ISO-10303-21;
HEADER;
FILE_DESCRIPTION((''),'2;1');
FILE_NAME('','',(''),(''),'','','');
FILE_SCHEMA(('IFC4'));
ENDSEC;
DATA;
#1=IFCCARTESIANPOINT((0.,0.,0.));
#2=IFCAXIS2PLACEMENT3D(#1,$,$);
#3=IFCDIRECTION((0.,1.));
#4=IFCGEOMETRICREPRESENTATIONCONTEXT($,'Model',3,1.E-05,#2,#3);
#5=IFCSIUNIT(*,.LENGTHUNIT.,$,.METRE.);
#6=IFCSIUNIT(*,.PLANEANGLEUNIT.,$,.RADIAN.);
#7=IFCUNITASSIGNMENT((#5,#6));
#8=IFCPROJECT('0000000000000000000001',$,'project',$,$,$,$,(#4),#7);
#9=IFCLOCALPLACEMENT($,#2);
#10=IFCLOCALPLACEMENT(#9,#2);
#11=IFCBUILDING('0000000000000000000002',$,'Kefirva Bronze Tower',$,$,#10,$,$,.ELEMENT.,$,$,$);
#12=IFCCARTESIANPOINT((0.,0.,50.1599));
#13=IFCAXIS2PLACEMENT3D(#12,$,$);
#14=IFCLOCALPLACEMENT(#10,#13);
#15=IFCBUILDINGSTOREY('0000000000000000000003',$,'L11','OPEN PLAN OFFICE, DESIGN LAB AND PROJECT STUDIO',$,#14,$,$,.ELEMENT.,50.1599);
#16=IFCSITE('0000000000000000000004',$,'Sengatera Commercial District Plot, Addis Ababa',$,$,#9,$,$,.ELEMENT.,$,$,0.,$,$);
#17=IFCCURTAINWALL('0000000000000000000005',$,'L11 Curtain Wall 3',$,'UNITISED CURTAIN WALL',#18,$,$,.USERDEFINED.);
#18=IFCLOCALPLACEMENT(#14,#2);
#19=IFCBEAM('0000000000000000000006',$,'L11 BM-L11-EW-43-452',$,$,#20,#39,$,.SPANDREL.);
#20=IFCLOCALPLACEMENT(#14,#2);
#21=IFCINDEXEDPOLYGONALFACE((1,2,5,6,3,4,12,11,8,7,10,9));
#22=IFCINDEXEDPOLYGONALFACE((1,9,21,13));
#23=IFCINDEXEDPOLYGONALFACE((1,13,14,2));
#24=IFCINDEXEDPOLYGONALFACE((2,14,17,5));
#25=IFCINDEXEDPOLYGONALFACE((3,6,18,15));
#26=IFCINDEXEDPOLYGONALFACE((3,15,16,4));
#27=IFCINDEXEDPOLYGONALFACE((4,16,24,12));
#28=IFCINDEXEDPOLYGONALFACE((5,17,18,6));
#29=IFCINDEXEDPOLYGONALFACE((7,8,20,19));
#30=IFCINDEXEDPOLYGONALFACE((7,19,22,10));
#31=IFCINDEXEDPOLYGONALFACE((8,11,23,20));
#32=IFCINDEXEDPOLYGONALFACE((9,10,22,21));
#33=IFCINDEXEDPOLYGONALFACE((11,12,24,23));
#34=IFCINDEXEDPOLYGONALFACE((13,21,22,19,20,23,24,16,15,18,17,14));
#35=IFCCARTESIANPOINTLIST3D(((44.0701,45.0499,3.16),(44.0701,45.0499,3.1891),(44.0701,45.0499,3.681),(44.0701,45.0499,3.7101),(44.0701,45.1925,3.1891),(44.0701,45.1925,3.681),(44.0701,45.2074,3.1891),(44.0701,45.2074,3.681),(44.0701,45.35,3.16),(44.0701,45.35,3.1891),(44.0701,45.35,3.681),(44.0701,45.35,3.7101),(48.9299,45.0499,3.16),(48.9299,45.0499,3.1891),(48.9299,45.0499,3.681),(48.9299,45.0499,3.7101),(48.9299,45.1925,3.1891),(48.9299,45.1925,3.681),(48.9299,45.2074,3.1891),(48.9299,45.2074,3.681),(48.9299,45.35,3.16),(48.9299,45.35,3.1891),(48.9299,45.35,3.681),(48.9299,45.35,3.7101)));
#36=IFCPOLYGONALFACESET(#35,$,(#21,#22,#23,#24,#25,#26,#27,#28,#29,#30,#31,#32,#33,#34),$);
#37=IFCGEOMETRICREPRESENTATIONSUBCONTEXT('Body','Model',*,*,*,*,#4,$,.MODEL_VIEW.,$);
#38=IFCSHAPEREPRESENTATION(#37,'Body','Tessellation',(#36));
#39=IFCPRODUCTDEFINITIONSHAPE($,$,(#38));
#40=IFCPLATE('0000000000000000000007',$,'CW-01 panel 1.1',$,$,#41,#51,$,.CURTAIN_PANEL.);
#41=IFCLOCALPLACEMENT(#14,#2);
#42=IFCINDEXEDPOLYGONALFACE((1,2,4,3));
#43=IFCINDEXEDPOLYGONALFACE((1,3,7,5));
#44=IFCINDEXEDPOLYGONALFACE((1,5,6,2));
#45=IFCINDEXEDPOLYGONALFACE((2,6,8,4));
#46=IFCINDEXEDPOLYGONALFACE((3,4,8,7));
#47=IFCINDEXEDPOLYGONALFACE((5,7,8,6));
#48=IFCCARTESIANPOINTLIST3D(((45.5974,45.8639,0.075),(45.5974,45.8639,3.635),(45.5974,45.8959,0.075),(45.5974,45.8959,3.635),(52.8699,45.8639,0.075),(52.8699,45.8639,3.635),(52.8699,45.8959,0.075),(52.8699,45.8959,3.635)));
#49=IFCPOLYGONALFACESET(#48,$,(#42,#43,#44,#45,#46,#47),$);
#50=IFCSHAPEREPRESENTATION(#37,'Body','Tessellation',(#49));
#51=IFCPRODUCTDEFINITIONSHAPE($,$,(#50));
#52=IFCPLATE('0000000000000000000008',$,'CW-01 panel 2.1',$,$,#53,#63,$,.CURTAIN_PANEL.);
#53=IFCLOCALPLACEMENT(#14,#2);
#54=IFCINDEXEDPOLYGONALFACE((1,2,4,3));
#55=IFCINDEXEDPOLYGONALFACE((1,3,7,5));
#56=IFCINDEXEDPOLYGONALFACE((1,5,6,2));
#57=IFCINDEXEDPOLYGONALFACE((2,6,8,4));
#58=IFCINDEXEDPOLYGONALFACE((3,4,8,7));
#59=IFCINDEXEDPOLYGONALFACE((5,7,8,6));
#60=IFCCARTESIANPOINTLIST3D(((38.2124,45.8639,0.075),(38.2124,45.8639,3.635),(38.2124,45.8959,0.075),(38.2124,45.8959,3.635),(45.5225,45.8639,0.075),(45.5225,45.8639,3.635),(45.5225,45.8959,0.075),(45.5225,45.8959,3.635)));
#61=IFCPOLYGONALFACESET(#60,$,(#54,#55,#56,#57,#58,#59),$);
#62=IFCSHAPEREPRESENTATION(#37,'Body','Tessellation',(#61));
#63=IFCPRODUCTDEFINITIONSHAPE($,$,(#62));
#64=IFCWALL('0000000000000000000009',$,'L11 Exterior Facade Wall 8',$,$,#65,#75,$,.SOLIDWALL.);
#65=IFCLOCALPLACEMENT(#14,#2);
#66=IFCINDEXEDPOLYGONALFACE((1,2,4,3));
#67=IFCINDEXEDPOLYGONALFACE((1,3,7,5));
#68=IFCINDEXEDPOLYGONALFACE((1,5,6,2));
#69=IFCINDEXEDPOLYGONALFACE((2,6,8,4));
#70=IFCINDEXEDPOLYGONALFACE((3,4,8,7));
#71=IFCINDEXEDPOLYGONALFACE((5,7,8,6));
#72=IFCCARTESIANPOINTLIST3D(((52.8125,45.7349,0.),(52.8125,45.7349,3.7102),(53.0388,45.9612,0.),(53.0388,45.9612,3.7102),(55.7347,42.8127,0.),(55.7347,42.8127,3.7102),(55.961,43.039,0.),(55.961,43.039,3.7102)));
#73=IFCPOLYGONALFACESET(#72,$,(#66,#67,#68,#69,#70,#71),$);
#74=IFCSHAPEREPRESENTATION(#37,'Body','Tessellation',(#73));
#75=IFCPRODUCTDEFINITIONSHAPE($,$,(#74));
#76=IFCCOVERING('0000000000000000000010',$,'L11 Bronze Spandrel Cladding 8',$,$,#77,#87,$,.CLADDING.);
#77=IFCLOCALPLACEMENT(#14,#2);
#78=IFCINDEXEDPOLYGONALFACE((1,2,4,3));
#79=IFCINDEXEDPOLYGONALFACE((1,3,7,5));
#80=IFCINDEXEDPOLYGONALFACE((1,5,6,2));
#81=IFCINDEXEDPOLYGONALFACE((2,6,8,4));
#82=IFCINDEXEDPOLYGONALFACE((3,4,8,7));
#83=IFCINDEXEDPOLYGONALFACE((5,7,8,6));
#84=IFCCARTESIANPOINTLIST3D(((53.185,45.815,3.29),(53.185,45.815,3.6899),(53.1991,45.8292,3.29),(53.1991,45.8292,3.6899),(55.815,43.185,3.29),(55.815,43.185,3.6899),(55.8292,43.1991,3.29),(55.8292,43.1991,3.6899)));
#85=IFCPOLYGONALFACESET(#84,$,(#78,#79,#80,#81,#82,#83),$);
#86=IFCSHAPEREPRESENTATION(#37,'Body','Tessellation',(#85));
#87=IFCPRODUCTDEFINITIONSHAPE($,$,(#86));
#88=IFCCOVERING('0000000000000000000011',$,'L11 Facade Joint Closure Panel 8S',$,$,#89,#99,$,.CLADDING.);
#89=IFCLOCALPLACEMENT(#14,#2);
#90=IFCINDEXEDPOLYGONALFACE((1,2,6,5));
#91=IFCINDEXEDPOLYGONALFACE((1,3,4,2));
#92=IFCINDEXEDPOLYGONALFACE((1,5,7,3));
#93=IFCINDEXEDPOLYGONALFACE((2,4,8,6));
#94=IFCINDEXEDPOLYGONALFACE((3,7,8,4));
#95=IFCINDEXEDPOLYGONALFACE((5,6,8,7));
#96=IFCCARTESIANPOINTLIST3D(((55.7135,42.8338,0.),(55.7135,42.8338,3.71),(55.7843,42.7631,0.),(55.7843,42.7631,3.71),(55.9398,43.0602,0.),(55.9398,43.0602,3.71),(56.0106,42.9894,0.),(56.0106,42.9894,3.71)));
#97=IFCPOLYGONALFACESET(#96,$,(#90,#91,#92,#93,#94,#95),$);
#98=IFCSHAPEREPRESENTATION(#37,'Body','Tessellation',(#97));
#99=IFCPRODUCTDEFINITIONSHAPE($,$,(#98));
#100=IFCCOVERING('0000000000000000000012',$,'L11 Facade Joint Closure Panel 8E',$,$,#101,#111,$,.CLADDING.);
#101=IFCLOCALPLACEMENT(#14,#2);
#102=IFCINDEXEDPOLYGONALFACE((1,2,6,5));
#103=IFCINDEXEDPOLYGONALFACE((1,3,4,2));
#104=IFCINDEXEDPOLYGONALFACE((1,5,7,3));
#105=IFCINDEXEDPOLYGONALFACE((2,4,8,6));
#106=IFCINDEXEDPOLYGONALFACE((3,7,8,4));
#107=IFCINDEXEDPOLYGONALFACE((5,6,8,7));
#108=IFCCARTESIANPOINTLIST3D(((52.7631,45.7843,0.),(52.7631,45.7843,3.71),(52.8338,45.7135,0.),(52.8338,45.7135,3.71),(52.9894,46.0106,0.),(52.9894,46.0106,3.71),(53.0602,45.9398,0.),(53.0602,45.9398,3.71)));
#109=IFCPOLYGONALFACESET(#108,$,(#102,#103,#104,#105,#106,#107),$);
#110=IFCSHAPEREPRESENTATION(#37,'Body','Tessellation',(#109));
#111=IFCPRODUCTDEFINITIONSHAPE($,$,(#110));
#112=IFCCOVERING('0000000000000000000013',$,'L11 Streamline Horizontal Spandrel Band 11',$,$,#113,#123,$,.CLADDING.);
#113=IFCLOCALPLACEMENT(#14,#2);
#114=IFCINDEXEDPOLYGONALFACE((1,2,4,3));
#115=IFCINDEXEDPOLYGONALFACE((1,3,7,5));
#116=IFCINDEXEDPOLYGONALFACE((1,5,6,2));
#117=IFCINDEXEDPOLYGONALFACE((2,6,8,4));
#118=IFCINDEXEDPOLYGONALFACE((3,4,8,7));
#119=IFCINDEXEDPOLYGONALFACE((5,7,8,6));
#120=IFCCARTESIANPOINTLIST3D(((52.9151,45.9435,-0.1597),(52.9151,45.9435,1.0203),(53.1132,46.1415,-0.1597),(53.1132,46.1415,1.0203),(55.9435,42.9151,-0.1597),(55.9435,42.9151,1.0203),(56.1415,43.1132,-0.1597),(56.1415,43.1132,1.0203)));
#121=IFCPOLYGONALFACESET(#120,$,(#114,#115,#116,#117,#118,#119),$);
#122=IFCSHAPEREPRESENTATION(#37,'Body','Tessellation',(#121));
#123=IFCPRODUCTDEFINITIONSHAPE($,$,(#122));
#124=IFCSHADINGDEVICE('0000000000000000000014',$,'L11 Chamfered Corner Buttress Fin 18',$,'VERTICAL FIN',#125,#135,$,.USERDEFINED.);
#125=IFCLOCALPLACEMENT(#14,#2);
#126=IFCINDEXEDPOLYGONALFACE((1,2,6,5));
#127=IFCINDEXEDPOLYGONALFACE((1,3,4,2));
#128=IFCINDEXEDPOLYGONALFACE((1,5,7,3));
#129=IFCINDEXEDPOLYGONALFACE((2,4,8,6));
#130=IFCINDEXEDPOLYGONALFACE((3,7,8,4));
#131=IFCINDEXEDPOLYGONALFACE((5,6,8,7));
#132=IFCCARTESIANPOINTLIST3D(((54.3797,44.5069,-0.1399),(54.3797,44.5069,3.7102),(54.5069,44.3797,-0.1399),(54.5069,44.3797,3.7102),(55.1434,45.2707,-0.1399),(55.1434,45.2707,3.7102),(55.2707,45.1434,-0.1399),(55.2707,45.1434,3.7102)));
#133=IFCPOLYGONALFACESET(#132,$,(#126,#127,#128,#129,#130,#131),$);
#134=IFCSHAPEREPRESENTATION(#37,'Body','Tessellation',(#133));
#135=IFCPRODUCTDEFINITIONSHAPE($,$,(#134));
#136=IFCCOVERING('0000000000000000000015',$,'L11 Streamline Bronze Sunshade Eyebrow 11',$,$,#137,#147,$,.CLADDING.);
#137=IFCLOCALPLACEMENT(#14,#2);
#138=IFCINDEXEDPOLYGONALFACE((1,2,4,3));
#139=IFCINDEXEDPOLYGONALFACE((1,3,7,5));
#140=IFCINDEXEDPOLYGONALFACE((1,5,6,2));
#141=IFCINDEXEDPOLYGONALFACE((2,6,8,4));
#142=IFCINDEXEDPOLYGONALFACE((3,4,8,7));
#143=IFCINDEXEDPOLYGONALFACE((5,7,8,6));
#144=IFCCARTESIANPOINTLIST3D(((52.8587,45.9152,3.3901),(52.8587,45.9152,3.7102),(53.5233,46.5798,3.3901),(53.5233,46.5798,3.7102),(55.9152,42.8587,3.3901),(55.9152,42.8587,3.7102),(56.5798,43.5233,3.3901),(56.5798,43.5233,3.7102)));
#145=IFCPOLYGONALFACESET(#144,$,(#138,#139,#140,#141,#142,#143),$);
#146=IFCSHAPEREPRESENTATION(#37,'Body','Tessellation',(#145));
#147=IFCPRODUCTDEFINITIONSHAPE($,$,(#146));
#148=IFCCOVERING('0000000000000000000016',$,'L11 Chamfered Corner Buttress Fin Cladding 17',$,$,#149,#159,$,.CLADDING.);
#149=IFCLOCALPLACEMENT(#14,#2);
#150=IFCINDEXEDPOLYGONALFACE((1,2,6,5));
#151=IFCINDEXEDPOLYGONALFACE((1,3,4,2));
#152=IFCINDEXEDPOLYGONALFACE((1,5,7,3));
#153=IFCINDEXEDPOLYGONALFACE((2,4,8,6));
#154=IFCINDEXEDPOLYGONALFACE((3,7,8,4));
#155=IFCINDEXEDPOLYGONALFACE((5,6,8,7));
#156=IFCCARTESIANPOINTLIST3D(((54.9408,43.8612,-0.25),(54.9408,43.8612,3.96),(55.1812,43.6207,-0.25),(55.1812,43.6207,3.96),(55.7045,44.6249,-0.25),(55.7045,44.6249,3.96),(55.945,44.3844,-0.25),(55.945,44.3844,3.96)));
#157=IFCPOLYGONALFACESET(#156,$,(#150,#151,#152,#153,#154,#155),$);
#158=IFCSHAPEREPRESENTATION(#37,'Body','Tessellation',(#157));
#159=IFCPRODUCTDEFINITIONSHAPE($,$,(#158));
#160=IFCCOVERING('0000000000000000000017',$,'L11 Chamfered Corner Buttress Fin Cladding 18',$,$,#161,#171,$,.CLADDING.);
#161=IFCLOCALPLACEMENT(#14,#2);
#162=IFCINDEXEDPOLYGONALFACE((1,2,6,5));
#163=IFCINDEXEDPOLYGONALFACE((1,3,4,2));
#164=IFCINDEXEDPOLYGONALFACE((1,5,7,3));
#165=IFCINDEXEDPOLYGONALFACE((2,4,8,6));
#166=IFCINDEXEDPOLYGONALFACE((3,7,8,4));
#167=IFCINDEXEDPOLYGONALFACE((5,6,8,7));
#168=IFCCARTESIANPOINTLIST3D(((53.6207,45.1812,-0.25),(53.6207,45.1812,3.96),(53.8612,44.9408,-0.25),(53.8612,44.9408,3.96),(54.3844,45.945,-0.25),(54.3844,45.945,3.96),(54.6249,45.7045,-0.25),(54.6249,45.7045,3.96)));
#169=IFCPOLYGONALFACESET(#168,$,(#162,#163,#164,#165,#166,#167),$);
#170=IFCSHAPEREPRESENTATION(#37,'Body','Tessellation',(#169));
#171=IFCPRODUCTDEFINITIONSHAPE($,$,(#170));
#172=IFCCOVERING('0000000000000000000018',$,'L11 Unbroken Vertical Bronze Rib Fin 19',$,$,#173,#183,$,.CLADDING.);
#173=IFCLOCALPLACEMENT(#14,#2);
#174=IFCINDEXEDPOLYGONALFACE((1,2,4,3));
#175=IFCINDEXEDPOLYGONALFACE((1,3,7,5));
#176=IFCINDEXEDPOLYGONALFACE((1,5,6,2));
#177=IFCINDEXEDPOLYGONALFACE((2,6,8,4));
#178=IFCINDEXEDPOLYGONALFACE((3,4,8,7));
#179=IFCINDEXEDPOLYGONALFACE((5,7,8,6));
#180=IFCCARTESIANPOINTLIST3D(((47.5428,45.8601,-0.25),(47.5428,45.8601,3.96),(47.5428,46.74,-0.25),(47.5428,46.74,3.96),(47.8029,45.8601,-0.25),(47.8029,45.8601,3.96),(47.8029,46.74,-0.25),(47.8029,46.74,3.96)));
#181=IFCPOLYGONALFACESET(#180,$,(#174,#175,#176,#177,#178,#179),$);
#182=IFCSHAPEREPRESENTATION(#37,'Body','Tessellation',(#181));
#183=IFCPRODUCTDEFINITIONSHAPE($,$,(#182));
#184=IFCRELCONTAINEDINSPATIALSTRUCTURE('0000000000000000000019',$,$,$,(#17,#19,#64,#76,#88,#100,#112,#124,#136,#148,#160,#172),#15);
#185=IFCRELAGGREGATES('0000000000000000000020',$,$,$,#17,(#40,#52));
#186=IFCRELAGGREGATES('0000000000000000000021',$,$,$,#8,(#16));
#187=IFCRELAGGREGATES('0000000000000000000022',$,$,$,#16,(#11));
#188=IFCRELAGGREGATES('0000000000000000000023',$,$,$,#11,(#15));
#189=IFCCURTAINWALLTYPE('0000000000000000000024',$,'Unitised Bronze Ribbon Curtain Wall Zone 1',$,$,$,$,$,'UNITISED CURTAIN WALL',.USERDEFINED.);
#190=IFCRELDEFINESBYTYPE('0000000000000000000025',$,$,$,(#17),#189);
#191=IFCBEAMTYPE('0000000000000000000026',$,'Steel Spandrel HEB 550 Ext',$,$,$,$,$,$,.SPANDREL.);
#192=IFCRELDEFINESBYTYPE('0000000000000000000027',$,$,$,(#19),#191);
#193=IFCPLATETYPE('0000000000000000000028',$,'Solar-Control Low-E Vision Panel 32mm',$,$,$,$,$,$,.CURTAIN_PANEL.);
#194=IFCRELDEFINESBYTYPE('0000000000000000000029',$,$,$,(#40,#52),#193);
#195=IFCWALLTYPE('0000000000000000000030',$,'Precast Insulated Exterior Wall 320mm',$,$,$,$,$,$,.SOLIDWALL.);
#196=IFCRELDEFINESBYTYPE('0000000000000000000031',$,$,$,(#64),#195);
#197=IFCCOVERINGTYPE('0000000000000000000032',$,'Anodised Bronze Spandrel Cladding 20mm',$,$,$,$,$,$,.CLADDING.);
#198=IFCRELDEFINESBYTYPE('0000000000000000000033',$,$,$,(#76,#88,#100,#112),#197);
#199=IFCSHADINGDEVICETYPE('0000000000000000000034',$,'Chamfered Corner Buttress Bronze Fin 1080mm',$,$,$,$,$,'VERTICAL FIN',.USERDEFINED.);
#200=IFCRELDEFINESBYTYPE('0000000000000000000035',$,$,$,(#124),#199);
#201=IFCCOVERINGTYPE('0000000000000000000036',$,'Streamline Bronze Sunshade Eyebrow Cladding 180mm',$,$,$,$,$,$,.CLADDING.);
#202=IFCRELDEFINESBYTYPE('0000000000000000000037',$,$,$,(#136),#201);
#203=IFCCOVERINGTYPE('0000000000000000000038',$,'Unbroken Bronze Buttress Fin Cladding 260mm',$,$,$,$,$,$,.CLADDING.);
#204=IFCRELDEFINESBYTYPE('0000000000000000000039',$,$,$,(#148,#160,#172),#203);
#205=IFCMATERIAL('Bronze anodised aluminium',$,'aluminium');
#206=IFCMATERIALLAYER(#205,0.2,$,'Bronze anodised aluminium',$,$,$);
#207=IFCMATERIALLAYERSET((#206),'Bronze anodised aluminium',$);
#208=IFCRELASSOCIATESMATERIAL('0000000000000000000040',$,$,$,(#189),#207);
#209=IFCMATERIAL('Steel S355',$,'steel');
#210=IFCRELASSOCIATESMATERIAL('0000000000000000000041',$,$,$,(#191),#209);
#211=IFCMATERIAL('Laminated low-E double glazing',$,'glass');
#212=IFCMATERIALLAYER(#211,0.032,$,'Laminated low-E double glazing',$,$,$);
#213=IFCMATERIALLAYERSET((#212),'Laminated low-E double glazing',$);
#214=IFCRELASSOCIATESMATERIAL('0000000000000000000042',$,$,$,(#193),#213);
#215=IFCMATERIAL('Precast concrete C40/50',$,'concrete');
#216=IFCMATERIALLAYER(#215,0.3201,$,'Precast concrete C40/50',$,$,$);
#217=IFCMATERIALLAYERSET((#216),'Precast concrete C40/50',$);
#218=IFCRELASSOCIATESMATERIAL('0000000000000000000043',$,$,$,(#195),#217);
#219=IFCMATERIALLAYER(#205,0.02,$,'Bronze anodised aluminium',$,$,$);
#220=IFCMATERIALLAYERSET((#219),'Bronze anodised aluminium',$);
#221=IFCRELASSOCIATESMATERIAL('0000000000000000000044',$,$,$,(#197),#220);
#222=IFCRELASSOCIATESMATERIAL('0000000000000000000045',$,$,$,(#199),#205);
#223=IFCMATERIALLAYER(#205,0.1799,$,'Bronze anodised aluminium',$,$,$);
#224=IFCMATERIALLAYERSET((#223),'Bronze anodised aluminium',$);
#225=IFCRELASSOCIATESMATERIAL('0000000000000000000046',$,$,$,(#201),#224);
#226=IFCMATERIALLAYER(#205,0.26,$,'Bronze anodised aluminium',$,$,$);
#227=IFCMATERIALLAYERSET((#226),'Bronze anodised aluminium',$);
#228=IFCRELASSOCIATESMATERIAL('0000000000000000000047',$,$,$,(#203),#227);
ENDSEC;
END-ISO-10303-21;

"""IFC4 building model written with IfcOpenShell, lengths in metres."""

from ifc_helpers import new_model, si_unit, direction, frame, frame_2d, origin, origin_2d, place, context, subcontext, project, spatial, rectangle, i_section, extrude, material, layer, layer_set, material_profile, profile_set, type_object, element, aggregate, save


model = new_model("IFC4")

# Units and contexts
model_context = context("Model", 3, precision=1e-05, world=origin(), true_north=direction((0.0, 1.0)))
body_context = subcontext(model_context, "Body", "Model", "MODEL_VIEW")
ifc_project = project(units=[si_unit("LENGTHUNIT", "METRE"), si_unit("PLANEANGLEUNIT", "RADIAN")], contexts=[model_context])

# Site, building, storey
site_placement = place(None, origin())
site = spatial("IfcSite", under=ifc_project, at=site_placement, Name="Sengatera Commercial District Plot, Addis Ababa", CompositionType="ELEMENT", RefElevation=0.0)
building_placement = place(site_placement, origin())
building = spatial("IfcBuilding", under=site, at=building_placement, Name="Kefirva Bronze Tower", CompositionType="ELEMENT")
storey_placement = place(building_placement, frame((0.0, 0.0, 50.1599)))
storey = spatial("IfcBuildingStorey", under=building, at=storey_placement, Name="L11", Description="OPEN PLAN OFFICE, DESIGN LAB AND PROJECT STUDIO", CompositionType="ELEMENT", Elevation=50.1599)

# Shared definitions
ifc_material_1 = material(Name="Bronze anodised aluminium", Category="aluminium")
ifc_layer_1 = layer(ifc_material_1, 0.2, Name="Bronze anodised aluminium")
ifc_layer_set_1 = layer_set([ifc_layer_1], Name="Bronze anodised aluminium")
curtain_wall_type = type_object("IfcCurtainWallType", Name="Unitised Bronze Ribbon Curtain Wall Zone 1", ElementType="UNITISED CURTAIN WALL", PredefinedType="USERDEFINED", material=ifc_layer_set_1)

# Curtain wall
curtain_wall_1_placement = place(storey_placement, origin())
curtain_wall_1 = element("IfcCurtainWall", 1, at=curtain_wall_1_placement, inside=storey, type_object=curtain_wall_type, Name="L11 Curtain Wall 3", ObjectType="UNITISED CURTAIN WALL", PredefinedType="USERDEFINED")

# Beam
ifc_material_2 = material(Name="Steel S355", Category="steel")
ifc_material_profile_1 = material_profile(ifc_material_2, i_section(OverallWidth=0.3, OverallDepth=0.55, WebThickness=0.0149, FlangeThickness=0.0291, at=origin_2d()), Name="HEB 550")
ifc_profile_set_1 = profile_set([ifc_material_profile_1], Name="Steel S355")
beam_type_1 = type_object("IfcBeamType", Name="Steel Spandrel HEB 550 Ext", PredefinedType="SPANDREL", material=ifc_profile_set_1)
beam_1_placement = place(storey_placement, frame((44.0701, 45.2, 3.4351), z_axis=(1.0, 0.0, 0.0), x_axis=(0.0, 1.0, 0.0)))
element("IfcBeam", 2, at=beam_1_placement, inside=storey, type_object=beam_type_1, Name="L11 BM-L11-EW-43-452", PredefinedType="SPANDREL", context=body_context, shape_type="SweptSolid", body=[
    extrude(i_section(OverallWidth=0.3, OverallDepth=0.55, WebThickness=0.0149, FlangeThickness=0.0291, at=origin_2d()), origin(), (0.0, 0.0, 1.0), 4.8599),
])

# Plates
ifc_material_3 = material(Name="Laminated low-E double glazing", Category="glass")
ifc_layer_2 = layer(ifc_material_3, 0.032, Name="Laminated low-E double glazing")
ifc_layer_set_2 = layer_set([ifc_layer_2], Name="Laminated low-E double glazing")
plate_type = type_object("IfcPlateType", Name="Solar-Control Low-E Vision Panel 32mm", PredefinedType="CURTAIN_PANEL", material=ifc_layer_set_2)
plate_1_placement = place(storey_placement, frame((49.2336, 45.8799, 0.075), z_axis=(0.0, 0.0, 1.0), x_axis=(-1.0, 0.0, 0.0)))
plate_1 = element("IfcPlate", 3, at=plate_1_placement, type_object=plate_type, Name="CW-01 panel 1.1", PredefinedType="CURTAIN_PANEL", context=body_context, shape_type="SweptSolid", body=[
    extrude(rectangle(XDim=7.2725, YDim=0.032, at=origin_2d()), origin(), (0.0, 0.0, 1.0), 3.5601),
])
plate_2_placement = place(storey_placement, frame((41.8674, 45.8799, 0.075), z_axis=(0.0, 0.0, 1.0), x_axis=(-1.0, 0.0, 0.0)))
plate_2 = element("IfcPlate", 4, at=plate_2_placement, type_object=plate_type, Name="CW-01 panel 2.1", PredefinedType="CURTAIN_PANEL", context=body_context, shape_type="SweptSolid", body=[
    extrude(rectangle(XDim=7.3101, YDim=0.032, at=origin_2d()), origin(), (0.0, 0.0, 1.0), 3.5601),
])
aggregate(curtain_wall_1, [plate_1, plate_2])

# Wall
ifc_material_4 = material(Name="Precast concrete C40/50", Category="concrete")
ifc_layer_3 = layer(ifc_material_4, 0.3201, Name="Precast concrete C40/50")
ifc_layer_set_3 = layer_set([ifc_layer_3], Name="Precast concrete C40/50")
wall_type = type_object("IfcWallType", Name="Precast Insulated Exterior Wall 320mm", PredefinedType="SOLIDWALL", material=ifc_layer_set_3)
wall_placement = place(storey_placement, frame((55.8479, 42.9258, 0.0), z_axis=(0.0, 0.0, 1.0), x_axis=(-0.707107, 0.707107, 0.0)))
element("IfcWall", 5, at=wall_placement, inside=storey, type_object=wall_type, Name="L11 Exterior Facade Wall 8", PredefinedType="SOLIDWALL", context=body_context, shape_type="SweptSolid", body=[
    extrude(rectangle(XDim=4.1326, YDim=0.3201, at=frame_2d((2.0664, 0.0))), origin(), (0.0, 0.0, 1.0), 3.7102),
])

# Coverings
ifc_layer_4 = layer(ifc_material_1, 0.02, Name="Bronze anodised aluminium")
ifc_layer_set_4 = layer_set([ifc_layer_4], Name="Bronze anodised aluminium")
covering_type_1 = type_object("IfcCoveringType", Name="Anodised Bronze Spandrel Cladding 20mm", PredefinedType="CLADDING", material=ifc_layer_set_4)
covering_1_placement = place(storey_placement, frame((54.5071, 44.5071, 3.29), z_axis=(0.0, 0.0, 1.0), x_axis=(-0.707107, 0.707107, 0.0)))
element("IfcCovering", 6, at=covering_1_placement, inside=storey, type_object=covering_type_1, Name="L11 Bronze Spandrel Cladding 8", PredefinedType="CLADDING", context=body_context, shape_type="SweptSolid", body=[
    extrude(rectangle(XDim=3.7195, YDim=0.02, at=origin_2d()), origin(), (0.0, 0.0, 1.0), 0.3999),
])
for number, where, z_axis, x_axis, name in (
    (7, (55.8621, 42.9116, 0.0), (0.0, 0.0, 1.0), (-0.707107, 0.707107, 0.0), "L11 Facade Joint Closure Panel 8S"),
    (8, (52.9116, 45.8621, 0.0), (0.0, 0.0, 1.0), (-0.707107, 0.707107, 0.0), "L11 Facade Joint Closure Panel 8E"),
):
    element("IfcCovering", number, at=place(storey_placement, frame(where, z_axis=z_axis, x_axis=x_axis)), inside=storey, type_object=covering_type_1, Name=name, PredefinedType="CLADDING", context=body_context, shape_type="SweptSolid", body=[
        extrude(rectangle(XDim=0.1001, YDim=0.3201, at=origin_2d()), origin(), (0.0, 0.0, 1.0), 3.71),
    ])
covering_2_placement = place(storey_placement, frame((54.5283, 44.5283, -0.1597), z_axis=(0.0, 0.0, 1.0), x_axis=(-0.707107, 0.707107, 0.0)))
element("IfcCovering", 9, at=covering_2_placement, inside=storey, type_object=covering_type_1, Name="L11 Streamline Horizontal Spandrel Band 11", PredefinedType="CLADDING", context=body_context, shape_type="SweptSolid", body=[
    extrude(rectangle(XDim=4.2827, YDim=0.28, at=origin_2d()), origin(), (0.0, 0.0, 1.0), 1.1799),
])

# Shading device
ifc_material_profile_2 = material_profile(ifc_material_1, rectangle(XDim=0.1799, YDim=1.0801, at=origin_2d()), Name="BRONZE BUTTRESS FIN 180x1080")
ifc_profile_set_2 = profile_set([ifc_material_profile_2], Name="Bronze anodised aluminium")
shading_device_type_1 = type_object("IfcShadingDeviceType", Name="Chamfered Corner Buttress Bronze Fin 1080mm", ElementType="VERTICAL FIN", PredefinedType="USERDEFINED", material=ifc_profile_set_2)
shading_device_1_placement = place(storey_placement, frame((54.8252, 44.8252, -0.1399), z_axis=(0.0, 0.0, 1.0), x_axis=(-0.707107, 0.707107, 0.0)))
element("IfcShadingDevice", 10, at=shading_device_1_placement, inside=storey, type_object=shading_device_type_1, Name="L11 Chamfered Corner Buttress Fin 18", ObjectType="VERTICAL FIN", PredefinedType="USERDEFINED", context=body_context, shape_type="SweptSolid", body=[
    extrude(rectangle(XDim=0.1799, YDim=1.0801, at=origin_2d()), origin(), (0.0, 0.0, 1.0), 3.8501),
])

# Coverings
ifc_layer_5 = layer(ifc_material_1, 0.1799, Name="Bronze anodised aluminium")
ifc_layer_set_5 = layer_set([ifc_layer_5], Name="Bronze anodised aluminium")
covering_type_2 = type_object("IfcCoveringType", Name="Streamline Bronze Sunshade Eyebrow Cladding 180mm", PredefinedType="CLADDING", material=ifc_layer_set_5)
covering_3_placement = place(storey_placement, frame((54.7192, 44.7192, 3.3901), z_axis=(0.0, 0.0, 1.0), x_axis=(-0.707107, 0.707107, 0.0)))
element("IfcCovering", 11, at=covering_3_placement, inside=storey, type_object=covering_type_2, Name="L11 Streamline Bronze Sunshade Eyebrow 11", PredefinedType="CLADDING", context=body_context, shape_type="SweptSolid", body=[
    extrude(rectangle(XDim=4.3225, YDim=0.9399, at=origin_2d()), origin(), (0.0, 0.0, 1.0), 0.3201),
])
ifc_layer_6 = layer(ifc_material_1, 0.26, Name="Bronze anodised aluminium")
ifc_layer_set_6 = layer_set([ifc_layer_6], Name="Bronze anodised aluminium")
covering_type_3 = type_object("IfcCoveringType", Name="Unbroken Bronze Buttress Fin Cladding 260mm", PredefinedType="CLADDING", material=ifc_layer_set_6)
for number, where, z_axis, x_axis, name in (
    (12, (55.4429, 44.1228, -0.25), (0.0, 0.0, 1.0), (-0.707107, 0.707107, 0.0), "L11 Chamfered Corner Buttress Fin Cladding 17"),
    (13, (54.1228, 45.4429, -0.25), (0.0, 0.0, 1.0), (-0.707107, 0.707107, 0.0), "L11 Chamfered Corner Buttress Fin Cladding 18"),
):
    element("IfcCovering", number, at=place(storey_placement, frame(where, z_axis=z_axis, x_axis=x_axis)), inside=storey, type_object=covering_type_3, Name=name, PredefinedType="CLADDING", context=body_context, shape_type="SweptSolid", body=[
        extrude(rectangle(XDim=0.3401, YDim=1.0801, at=origin_2d()), origin(), (0.0, 0.0, 1.0), 4.21),
    ])
for number, where, z_axis, x_axis, name in (
    (14, (47.6729, 46.3, -0.25), (0.0, 0.0, 1.0), (-1.0, 0.0, 0.0), "L11 Unbroken Vertical Bronze Rib Fin 19"),
):
    element("IfcCovering", number, at=place(storey_placement, frame(where, z_axis=z_axis, x_axis=x_axis)), inside=storey, type_object=covering_type_3, Name=name, PredefinedType="CLADDING", context=body_context, shape_type="SweptSolid", body=[
        extrude(rectangle(XDim=0.26, YDim=0.8799, at=origin_2d()), origin(), (0.0, 0.0, 1.0), 4.21),
    ])

save(model, "model.ifc")
